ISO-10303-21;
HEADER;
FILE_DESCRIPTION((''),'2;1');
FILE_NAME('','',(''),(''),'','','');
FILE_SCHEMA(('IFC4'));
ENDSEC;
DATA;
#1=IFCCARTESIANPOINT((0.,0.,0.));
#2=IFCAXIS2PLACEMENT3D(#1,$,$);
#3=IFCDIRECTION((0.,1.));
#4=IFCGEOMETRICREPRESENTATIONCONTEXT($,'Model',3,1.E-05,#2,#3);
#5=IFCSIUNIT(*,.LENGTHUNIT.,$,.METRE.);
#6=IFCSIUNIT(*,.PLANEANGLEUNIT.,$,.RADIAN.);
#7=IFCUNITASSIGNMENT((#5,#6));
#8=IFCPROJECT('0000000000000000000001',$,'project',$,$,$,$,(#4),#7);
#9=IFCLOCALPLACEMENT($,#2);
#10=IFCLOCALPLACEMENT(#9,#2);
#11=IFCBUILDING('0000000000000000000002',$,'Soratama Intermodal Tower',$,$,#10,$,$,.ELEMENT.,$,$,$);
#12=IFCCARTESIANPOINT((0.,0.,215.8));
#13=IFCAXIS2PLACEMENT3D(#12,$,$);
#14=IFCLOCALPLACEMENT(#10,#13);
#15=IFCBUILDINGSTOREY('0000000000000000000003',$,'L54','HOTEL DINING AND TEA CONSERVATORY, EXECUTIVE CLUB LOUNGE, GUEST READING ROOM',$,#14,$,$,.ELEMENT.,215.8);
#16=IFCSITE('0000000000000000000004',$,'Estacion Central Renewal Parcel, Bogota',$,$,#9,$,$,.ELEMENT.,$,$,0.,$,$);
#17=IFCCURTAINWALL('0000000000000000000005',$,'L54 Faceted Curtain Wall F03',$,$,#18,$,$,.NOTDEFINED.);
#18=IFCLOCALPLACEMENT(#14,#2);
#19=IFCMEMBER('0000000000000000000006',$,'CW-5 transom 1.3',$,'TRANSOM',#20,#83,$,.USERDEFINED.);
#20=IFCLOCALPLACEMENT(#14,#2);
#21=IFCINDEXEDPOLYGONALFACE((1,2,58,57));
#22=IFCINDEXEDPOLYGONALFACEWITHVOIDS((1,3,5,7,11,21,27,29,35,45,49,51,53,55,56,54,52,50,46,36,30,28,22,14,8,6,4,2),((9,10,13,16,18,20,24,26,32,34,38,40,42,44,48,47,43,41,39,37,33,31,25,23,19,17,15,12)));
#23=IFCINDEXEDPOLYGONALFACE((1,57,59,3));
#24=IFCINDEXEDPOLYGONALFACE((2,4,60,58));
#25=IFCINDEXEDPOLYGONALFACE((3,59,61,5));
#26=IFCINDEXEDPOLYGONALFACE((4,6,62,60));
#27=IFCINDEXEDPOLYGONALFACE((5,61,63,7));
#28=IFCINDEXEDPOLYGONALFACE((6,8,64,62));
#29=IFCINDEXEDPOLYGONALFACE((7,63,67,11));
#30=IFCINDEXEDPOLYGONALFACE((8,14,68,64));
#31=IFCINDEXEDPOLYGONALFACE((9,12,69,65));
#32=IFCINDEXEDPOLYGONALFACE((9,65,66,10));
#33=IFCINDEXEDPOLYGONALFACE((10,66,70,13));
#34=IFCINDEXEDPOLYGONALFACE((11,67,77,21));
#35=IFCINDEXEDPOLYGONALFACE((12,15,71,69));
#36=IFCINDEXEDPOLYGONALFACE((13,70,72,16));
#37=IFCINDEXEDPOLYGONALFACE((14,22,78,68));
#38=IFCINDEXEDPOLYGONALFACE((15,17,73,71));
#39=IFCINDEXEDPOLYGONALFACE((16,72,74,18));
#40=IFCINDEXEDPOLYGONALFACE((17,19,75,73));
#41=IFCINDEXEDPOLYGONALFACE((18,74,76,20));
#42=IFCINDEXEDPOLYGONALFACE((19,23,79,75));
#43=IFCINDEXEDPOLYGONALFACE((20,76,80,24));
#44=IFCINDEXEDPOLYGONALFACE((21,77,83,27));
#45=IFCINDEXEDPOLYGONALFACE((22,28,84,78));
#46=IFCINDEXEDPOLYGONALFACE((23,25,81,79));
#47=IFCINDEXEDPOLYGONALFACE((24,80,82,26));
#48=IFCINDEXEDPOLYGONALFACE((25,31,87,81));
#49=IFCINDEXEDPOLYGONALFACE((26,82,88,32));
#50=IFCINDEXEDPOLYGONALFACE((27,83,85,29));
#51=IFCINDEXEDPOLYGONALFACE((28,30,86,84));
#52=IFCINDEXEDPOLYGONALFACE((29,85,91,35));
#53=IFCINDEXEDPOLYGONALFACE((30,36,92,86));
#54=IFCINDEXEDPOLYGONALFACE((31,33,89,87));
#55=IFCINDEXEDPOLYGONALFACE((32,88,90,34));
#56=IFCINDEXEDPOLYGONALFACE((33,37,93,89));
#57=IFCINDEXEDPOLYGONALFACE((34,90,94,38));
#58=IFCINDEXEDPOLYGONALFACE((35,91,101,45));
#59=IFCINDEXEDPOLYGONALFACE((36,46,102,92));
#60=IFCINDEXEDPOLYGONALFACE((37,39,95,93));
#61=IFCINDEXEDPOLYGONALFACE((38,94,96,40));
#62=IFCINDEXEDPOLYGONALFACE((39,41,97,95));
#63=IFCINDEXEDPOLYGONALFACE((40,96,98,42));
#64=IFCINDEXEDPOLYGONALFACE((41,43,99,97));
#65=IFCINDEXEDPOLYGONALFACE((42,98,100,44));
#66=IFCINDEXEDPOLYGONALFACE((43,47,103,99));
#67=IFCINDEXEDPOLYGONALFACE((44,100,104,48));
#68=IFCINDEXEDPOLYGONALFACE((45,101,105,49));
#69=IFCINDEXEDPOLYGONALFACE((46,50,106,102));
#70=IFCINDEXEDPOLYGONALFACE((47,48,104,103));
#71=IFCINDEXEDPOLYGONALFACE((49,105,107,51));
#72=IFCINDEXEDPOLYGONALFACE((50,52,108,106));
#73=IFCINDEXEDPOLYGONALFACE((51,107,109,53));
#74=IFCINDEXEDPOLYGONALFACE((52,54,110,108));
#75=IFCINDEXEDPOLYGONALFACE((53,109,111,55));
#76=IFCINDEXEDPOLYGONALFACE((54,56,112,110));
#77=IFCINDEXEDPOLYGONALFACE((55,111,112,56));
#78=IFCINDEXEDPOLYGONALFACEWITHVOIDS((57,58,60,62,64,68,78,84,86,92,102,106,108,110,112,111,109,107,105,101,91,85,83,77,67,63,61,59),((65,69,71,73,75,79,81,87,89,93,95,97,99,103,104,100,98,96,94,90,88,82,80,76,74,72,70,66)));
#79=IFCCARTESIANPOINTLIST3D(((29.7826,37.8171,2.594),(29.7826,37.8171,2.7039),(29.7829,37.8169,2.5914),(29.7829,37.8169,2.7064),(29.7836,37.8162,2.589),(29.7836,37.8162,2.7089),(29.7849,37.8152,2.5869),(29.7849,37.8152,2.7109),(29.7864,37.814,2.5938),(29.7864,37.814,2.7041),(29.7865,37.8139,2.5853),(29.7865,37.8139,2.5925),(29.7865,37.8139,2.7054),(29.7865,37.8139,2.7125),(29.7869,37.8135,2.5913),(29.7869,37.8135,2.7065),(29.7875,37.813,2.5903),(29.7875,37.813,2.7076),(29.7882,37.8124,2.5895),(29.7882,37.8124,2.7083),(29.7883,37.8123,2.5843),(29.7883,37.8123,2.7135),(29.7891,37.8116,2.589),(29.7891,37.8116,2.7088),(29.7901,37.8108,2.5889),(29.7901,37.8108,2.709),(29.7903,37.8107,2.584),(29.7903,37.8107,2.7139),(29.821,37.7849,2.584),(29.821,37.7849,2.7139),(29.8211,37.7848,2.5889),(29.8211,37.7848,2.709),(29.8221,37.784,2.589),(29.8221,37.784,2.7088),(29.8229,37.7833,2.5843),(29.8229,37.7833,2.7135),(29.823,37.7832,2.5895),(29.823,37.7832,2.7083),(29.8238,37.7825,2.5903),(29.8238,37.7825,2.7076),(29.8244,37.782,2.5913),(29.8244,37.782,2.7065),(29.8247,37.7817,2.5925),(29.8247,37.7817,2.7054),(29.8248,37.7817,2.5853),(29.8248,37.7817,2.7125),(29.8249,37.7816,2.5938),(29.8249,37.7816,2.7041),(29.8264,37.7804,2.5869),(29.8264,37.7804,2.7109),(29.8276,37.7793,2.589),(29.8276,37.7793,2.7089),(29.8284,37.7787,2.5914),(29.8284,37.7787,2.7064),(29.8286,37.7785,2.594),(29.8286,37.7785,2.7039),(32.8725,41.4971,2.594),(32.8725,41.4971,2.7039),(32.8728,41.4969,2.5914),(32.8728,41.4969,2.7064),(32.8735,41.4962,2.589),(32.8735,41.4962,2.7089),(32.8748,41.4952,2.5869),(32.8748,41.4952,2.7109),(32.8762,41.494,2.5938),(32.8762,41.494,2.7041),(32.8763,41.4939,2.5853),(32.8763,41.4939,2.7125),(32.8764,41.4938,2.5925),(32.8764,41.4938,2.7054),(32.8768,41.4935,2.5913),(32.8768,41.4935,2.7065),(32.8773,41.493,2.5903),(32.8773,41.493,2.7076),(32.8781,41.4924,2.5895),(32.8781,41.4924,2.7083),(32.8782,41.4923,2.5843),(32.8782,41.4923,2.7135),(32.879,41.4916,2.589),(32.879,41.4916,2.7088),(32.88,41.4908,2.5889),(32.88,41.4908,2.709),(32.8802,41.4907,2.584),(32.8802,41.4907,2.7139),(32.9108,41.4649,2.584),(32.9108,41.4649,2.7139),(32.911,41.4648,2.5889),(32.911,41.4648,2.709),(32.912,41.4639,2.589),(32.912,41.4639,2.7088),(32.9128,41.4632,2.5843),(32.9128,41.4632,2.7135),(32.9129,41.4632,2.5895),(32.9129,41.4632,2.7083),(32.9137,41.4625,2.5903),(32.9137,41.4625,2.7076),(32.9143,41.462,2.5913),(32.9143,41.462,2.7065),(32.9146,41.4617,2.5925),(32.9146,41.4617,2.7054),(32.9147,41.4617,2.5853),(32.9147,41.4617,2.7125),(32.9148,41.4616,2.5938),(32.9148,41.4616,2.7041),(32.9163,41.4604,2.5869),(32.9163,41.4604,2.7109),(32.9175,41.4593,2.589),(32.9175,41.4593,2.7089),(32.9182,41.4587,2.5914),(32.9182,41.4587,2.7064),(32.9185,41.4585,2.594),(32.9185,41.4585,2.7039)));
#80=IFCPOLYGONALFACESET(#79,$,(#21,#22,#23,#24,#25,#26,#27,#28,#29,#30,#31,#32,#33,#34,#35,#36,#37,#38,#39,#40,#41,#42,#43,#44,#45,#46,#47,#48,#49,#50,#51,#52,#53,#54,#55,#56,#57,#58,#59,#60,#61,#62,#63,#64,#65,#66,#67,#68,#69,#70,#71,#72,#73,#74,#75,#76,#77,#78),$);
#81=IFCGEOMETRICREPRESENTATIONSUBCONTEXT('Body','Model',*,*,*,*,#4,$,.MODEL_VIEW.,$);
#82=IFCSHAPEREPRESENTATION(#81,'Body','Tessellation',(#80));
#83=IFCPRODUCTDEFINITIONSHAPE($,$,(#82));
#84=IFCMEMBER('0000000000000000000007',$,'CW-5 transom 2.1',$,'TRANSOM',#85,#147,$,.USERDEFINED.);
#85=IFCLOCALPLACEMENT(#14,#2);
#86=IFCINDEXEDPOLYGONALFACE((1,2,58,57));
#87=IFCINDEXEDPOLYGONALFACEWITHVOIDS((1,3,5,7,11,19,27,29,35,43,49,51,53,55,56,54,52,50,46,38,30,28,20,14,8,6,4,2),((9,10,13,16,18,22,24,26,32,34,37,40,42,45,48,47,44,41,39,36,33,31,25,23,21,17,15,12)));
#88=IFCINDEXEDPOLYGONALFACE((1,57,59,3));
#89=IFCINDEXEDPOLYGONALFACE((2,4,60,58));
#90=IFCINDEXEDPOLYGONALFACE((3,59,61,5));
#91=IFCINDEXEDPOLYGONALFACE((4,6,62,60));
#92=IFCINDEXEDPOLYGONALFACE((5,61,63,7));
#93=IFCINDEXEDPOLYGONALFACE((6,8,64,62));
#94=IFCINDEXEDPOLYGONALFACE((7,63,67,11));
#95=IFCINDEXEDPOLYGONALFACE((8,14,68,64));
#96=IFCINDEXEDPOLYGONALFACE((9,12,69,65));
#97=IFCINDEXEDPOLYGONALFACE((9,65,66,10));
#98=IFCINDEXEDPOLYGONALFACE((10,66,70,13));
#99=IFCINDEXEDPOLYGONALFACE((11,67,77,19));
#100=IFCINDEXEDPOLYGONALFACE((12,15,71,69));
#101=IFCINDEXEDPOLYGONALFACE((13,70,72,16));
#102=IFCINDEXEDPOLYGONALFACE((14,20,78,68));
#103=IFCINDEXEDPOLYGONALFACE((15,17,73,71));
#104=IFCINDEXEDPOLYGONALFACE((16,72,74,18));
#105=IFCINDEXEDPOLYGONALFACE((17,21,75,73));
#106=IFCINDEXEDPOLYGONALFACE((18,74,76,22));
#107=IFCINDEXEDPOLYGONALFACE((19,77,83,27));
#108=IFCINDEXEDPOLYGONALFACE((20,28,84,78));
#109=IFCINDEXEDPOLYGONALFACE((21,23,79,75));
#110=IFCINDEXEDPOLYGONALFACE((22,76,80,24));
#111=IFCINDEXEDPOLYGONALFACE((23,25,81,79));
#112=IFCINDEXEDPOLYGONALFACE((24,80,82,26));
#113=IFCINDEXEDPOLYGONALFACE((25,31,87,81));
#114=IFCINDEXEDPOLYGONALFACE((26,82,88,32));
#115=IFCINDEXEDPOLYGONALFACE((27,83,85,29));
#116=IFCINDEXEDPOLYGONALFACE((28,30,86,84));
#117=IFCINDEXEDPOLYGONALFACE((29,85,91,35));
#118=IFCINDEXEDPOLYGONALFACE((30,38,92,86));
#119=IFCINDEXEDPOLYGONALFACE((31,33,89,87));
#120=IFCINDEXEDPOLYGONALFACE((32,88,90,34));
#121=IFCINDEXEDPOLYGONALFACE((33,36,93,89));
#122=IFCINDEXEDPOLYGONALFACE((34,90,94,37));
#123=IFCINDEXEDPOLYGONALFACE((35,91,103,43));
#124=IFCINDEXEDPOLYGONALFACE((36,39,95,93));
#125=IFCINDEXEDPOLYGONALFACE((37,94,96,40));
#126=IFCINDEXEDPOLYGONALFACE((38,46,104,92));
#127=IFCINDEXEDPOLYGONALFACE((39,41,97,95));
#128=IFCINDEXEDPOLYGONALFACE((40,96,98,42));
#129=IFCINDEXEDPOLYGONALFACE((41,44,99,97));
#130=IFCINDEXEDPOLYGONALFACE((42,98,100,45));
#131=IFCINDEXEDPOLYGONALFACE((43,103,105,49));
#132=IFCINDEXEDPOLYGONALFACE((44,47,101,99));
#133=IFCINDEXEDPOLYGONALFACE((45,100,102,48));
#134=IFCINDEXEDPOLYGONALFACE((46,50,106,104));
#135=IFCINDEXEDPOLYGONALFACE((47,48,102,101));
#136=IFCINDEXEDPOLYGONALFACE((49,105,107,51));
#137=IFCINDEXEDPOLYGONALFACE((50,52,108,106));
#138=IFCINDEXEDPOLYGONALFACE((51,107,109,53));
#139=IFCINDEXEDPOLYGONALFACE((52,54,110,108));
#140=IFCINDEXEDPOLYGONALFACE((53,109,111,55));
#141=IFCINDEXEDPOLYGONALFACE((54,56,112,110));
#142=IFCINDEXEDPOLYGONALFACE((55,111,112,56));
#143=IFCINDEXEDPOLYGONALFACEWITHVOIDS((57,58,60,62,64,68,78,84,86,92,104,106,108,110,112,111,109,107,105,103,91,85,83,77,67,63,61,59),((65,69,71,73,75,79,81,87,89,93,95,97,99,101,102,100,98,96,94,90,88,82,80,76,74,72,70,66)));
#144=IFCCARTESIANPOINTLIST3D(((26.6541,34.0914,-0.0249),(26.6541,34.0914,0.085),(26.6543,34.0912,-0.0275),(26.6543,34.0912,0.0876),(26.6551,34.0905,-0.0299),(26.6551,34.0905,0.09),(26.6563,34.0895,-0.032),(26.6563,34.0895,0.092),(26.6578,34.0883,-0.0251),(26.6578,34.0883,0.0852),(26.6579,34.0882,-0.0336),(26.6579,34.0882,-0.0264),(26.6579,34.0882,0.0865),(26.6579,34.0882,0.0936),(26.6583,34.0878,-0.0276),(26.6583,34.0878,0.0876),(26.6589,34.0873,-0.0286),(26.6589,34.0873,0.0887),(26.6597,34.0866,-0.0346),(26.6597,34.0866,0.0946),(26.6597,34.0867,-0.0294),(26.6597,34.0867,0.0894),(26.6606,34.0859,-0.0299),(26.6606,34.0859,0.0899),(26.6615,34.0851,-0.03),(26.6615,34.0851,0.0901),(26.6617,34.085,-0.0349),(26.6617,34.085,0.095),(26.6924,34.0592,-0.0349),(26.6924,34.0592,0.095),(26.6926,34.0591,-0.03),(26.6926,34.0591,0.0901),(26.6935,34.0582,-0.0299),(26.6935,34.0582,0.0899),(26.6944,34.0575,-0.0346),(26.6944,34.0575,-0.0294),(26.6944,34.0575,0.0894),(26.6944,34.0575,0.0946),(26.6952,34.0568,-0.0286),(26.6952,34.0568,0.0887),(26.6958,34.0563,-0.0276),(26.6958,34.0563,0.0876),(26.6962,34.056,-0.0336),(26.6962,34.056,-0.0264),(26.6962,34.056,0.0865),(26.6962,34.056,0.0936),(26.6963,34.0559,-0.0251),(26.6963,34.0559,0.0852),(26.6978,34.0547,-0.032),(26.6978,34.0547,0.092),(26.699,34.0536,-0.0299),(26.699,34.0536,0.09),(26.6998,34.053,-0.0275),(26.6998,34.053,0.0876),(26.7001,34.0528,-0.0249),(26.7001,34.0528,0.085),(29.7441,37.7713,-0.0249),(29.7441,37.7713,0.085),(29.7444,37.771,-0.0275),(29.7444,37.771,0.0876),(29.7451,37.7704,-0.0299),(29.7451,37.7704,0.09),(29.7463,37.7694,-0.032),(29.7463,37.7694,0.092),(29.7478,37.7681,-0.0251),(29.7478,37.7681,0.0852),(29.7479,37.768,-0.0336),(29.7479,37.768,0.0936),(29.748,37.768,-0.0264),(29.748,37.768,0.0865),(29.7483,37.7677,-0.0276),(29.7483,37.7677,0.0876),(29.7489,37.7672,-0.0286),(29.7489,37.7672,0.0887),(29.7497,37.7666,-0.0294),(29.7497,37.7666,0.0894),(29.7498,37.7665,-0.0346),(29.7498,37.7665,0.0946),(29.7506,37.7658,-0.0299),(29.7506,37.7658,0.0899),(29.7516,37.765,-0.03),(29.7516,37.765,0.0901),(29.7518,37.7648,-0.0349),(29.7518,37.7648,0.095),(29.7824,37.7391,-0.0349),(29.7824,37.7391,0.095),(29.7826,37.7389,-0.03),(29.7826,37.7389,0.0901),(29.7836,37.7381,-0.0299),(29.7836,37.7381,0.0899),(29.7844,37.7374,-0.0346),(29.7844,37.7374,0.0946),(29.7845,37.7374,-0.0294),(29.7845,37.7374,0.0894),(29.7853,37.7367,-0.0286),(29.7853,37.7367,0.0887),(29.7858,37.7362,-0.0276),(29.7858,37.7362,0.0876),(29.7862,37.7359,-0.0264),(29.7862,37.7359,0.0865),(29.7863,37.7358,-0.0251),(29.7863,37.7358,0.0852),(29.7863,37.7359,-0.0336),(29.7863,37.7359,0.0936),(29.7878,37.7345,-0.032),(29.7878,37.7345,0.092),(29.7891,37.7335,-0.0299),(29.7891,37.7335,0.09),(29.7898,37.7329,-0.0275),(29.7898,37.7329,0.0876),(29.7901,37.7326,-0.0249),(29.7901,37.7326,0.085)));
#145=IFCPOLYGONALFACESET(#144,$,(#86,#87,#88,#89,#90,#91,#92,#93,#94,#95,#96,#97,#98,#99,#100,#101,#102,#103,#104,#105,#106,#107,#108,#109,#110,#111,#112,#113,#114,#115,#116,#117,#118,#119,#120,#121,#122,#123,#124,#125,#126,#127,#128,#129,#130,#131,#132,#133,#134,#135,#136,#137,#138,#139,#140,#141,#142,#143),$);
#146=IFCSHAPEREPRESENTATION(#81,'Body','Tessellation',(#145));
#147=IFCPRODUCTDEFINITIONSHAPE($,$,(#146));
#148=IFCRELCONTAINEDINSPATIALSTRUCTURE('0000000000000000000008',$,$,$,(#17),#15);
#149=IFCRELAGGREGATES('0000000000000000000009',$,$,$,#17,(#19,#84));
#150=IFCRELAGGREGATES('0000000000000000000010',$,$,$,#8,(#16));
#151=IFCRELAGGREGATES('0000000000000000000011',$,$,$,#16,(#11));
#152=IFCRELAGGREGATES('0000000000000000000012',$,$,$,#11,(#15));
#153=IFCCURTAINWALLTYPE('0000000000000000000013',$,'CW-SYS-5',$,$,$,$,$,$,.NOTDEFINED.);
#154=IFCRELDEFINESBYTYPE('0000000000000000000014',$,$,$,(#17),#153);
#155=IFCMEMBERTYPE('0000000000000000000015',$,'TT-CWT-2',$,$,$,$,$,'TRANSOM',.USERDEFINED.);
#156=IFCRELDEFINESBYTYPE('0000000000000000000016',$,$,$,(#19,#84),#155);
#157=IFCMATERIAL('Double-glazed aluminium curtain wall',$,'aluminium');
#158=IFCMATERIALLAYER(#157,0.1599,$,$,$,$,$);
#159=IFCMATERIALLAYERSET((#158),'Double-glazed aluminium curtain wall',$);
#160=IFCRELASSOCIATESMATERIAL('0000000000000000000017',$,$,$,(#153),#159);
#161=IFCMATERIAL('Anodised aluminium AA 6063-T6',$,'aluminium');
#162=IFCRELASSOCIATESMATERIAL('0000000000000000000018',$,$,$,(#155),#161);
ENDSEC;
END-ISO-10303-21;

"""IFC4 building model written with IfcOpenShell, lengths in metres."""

from ifc_helpers import new_model, si_unit, direction, frame, origin, origin_2d, place, context, subcontext, project, spatial, hollow_rectangle, extrude, material, layer, layer_set, material_profile, profile_set, type_object, element, aggregate, save


model = new_model("IFC4")

# Units and contexts
model_context = context("Model", 3, precision=1e-05, world=origin(), true_north=direction((0.0, 1.0)))
body_context = subcontext(model_context, "Body", "Model", "MODEL_VIEW")
ifc_project = project(units=[si_unit("LENGTHUNIT", "METRE"), si_unit("PLANEANGLEUNIT", "RADIAN")], contexts=[model_context])

# Site, building, storey
site_placement = place(None, origin())
site = spatial("IfcSite", under=ifc_project, at=site_placement, Name="Estacion Central Renewal Parcel, Bogota", CompositionType="ELEMENT", RefElevation=0.0)
building_placement = place(site_placement, origin())
building = spatial("IfcBuilding", under=site, at=building_placement, Name="Soratama Intermodal Tower", CompositionType="ELEMENT")
storey_placement = place(building_placement, frame((0.0, 0.0, 215.8)))
storey = spatial("IfcBuildingStorey", under=building, at=storey_placement, Name="L54", Description="HOTEL DINING AND TEA CONSERVATORY, EXECUTIVE CLUB LOUNGE, GUEST READING ROOM", CompositionType="ELEMENT", Elevation=215.8)

# Curtain wall, members
ifc_material_1 = material(Name="Double-glazed aluminium curtain wall", Category="aluminium")
ifc_layer_1 = layer(ifc_material_1, 0.1599)
ifc_layer_set_1 = layer_set([ifc_layer_1], Name="Double-glazed aluminium curtain wall")
curtain_wall_type = type_object("IfcCurtainWallType", Name="CW-SYS-5", PredefinedType="NOTDEFINED", material=ifc_layer_set_1)
curtain_wall_placement = place(storey_placement, origin())
curtain_wall = element("IfcCurtainWall", 1, at=curtain_wall_placement, inside=storey, type_object=curtain_wall_type, Name="L54 Faceted Curtain Wall F03", PredefinedType="NOTDEFINED")
ifc_material_2 = material(Name="Anodised aluminium AA 6063-T6", Category="aluminium")
ifc_material_profile_1 = material_profile(ifc_material_2, hollow_rectangle(XDim=0.0601, YDim=0.1299, WallThickness=0.0049, InnerFilletRadius=0.0049, OuterFilletRadius=0.01, at=origin_2d()), Name="CWT130X60X5")
ifc_profile_set_1 = profile_set([ifc_material_profile_1], Name="Anodised aluminium AA 6063-T6")
member_type_1 = type_object("IfcMemberType", Name="TT-CWT-2", ElementType="TRANSOM", PredefinedType="USERDEFINED", material=ifc_profile_set_1)
member_1_placement = place(storey_placement, frame((32.8955, 41.4778, 2.6489), z_axis=(-0.643034, -0.765838, 0.0), x_axis=(0.765838, -0.643034, 0.0)))
member_1 = element("IfcMember", 2, at=member_1_placement, type_object=member_type_1, Name="CW-5 transom 1.3", ObjectType="TRANSOM", PredefinedType="USERDEFINED", context=body_context, shape_type="SweptSolid", body=[
    extrude(hollow_rectangle(XDim=0.0601, YDim=0.1299, WallThickness=0.0049, InnerFilletRadius=0.0049, OuterFilletRadius=0.01, at=origin_2d()), origin(), (0.0, 0.0, 1.0), 4.8052),
])
member_2_placement = place(storey_placement, frame((29.7671, 37.752, 0.03), z_axis=(-0.643063, -0.765813, 0.0), x_axis=(0.765813, -0.643063, 0.0)))
member_2 = element("IfcMember", 3, at=member_2_placement, type_object=member_type_1, Name="CW-5 transom 2.1", ObjectType="TRANSOM", PredefinedType="USERDEFINED", context=body_context, shape_type="SweptSolid", body=[
    extrude(hollow_rectangle(XDim=0.0601, YDim=0.1299, WallThickness=0.0049, InnerFilletRadius=0.0049, OuterFilletRadius=0.01, at=origin_2d()), origin(), (0.0, 0.0, 1.0), 4.8052),
])
aggregate(curtain_wall, [member_1, member_2])

save(model, "model.ifc")
